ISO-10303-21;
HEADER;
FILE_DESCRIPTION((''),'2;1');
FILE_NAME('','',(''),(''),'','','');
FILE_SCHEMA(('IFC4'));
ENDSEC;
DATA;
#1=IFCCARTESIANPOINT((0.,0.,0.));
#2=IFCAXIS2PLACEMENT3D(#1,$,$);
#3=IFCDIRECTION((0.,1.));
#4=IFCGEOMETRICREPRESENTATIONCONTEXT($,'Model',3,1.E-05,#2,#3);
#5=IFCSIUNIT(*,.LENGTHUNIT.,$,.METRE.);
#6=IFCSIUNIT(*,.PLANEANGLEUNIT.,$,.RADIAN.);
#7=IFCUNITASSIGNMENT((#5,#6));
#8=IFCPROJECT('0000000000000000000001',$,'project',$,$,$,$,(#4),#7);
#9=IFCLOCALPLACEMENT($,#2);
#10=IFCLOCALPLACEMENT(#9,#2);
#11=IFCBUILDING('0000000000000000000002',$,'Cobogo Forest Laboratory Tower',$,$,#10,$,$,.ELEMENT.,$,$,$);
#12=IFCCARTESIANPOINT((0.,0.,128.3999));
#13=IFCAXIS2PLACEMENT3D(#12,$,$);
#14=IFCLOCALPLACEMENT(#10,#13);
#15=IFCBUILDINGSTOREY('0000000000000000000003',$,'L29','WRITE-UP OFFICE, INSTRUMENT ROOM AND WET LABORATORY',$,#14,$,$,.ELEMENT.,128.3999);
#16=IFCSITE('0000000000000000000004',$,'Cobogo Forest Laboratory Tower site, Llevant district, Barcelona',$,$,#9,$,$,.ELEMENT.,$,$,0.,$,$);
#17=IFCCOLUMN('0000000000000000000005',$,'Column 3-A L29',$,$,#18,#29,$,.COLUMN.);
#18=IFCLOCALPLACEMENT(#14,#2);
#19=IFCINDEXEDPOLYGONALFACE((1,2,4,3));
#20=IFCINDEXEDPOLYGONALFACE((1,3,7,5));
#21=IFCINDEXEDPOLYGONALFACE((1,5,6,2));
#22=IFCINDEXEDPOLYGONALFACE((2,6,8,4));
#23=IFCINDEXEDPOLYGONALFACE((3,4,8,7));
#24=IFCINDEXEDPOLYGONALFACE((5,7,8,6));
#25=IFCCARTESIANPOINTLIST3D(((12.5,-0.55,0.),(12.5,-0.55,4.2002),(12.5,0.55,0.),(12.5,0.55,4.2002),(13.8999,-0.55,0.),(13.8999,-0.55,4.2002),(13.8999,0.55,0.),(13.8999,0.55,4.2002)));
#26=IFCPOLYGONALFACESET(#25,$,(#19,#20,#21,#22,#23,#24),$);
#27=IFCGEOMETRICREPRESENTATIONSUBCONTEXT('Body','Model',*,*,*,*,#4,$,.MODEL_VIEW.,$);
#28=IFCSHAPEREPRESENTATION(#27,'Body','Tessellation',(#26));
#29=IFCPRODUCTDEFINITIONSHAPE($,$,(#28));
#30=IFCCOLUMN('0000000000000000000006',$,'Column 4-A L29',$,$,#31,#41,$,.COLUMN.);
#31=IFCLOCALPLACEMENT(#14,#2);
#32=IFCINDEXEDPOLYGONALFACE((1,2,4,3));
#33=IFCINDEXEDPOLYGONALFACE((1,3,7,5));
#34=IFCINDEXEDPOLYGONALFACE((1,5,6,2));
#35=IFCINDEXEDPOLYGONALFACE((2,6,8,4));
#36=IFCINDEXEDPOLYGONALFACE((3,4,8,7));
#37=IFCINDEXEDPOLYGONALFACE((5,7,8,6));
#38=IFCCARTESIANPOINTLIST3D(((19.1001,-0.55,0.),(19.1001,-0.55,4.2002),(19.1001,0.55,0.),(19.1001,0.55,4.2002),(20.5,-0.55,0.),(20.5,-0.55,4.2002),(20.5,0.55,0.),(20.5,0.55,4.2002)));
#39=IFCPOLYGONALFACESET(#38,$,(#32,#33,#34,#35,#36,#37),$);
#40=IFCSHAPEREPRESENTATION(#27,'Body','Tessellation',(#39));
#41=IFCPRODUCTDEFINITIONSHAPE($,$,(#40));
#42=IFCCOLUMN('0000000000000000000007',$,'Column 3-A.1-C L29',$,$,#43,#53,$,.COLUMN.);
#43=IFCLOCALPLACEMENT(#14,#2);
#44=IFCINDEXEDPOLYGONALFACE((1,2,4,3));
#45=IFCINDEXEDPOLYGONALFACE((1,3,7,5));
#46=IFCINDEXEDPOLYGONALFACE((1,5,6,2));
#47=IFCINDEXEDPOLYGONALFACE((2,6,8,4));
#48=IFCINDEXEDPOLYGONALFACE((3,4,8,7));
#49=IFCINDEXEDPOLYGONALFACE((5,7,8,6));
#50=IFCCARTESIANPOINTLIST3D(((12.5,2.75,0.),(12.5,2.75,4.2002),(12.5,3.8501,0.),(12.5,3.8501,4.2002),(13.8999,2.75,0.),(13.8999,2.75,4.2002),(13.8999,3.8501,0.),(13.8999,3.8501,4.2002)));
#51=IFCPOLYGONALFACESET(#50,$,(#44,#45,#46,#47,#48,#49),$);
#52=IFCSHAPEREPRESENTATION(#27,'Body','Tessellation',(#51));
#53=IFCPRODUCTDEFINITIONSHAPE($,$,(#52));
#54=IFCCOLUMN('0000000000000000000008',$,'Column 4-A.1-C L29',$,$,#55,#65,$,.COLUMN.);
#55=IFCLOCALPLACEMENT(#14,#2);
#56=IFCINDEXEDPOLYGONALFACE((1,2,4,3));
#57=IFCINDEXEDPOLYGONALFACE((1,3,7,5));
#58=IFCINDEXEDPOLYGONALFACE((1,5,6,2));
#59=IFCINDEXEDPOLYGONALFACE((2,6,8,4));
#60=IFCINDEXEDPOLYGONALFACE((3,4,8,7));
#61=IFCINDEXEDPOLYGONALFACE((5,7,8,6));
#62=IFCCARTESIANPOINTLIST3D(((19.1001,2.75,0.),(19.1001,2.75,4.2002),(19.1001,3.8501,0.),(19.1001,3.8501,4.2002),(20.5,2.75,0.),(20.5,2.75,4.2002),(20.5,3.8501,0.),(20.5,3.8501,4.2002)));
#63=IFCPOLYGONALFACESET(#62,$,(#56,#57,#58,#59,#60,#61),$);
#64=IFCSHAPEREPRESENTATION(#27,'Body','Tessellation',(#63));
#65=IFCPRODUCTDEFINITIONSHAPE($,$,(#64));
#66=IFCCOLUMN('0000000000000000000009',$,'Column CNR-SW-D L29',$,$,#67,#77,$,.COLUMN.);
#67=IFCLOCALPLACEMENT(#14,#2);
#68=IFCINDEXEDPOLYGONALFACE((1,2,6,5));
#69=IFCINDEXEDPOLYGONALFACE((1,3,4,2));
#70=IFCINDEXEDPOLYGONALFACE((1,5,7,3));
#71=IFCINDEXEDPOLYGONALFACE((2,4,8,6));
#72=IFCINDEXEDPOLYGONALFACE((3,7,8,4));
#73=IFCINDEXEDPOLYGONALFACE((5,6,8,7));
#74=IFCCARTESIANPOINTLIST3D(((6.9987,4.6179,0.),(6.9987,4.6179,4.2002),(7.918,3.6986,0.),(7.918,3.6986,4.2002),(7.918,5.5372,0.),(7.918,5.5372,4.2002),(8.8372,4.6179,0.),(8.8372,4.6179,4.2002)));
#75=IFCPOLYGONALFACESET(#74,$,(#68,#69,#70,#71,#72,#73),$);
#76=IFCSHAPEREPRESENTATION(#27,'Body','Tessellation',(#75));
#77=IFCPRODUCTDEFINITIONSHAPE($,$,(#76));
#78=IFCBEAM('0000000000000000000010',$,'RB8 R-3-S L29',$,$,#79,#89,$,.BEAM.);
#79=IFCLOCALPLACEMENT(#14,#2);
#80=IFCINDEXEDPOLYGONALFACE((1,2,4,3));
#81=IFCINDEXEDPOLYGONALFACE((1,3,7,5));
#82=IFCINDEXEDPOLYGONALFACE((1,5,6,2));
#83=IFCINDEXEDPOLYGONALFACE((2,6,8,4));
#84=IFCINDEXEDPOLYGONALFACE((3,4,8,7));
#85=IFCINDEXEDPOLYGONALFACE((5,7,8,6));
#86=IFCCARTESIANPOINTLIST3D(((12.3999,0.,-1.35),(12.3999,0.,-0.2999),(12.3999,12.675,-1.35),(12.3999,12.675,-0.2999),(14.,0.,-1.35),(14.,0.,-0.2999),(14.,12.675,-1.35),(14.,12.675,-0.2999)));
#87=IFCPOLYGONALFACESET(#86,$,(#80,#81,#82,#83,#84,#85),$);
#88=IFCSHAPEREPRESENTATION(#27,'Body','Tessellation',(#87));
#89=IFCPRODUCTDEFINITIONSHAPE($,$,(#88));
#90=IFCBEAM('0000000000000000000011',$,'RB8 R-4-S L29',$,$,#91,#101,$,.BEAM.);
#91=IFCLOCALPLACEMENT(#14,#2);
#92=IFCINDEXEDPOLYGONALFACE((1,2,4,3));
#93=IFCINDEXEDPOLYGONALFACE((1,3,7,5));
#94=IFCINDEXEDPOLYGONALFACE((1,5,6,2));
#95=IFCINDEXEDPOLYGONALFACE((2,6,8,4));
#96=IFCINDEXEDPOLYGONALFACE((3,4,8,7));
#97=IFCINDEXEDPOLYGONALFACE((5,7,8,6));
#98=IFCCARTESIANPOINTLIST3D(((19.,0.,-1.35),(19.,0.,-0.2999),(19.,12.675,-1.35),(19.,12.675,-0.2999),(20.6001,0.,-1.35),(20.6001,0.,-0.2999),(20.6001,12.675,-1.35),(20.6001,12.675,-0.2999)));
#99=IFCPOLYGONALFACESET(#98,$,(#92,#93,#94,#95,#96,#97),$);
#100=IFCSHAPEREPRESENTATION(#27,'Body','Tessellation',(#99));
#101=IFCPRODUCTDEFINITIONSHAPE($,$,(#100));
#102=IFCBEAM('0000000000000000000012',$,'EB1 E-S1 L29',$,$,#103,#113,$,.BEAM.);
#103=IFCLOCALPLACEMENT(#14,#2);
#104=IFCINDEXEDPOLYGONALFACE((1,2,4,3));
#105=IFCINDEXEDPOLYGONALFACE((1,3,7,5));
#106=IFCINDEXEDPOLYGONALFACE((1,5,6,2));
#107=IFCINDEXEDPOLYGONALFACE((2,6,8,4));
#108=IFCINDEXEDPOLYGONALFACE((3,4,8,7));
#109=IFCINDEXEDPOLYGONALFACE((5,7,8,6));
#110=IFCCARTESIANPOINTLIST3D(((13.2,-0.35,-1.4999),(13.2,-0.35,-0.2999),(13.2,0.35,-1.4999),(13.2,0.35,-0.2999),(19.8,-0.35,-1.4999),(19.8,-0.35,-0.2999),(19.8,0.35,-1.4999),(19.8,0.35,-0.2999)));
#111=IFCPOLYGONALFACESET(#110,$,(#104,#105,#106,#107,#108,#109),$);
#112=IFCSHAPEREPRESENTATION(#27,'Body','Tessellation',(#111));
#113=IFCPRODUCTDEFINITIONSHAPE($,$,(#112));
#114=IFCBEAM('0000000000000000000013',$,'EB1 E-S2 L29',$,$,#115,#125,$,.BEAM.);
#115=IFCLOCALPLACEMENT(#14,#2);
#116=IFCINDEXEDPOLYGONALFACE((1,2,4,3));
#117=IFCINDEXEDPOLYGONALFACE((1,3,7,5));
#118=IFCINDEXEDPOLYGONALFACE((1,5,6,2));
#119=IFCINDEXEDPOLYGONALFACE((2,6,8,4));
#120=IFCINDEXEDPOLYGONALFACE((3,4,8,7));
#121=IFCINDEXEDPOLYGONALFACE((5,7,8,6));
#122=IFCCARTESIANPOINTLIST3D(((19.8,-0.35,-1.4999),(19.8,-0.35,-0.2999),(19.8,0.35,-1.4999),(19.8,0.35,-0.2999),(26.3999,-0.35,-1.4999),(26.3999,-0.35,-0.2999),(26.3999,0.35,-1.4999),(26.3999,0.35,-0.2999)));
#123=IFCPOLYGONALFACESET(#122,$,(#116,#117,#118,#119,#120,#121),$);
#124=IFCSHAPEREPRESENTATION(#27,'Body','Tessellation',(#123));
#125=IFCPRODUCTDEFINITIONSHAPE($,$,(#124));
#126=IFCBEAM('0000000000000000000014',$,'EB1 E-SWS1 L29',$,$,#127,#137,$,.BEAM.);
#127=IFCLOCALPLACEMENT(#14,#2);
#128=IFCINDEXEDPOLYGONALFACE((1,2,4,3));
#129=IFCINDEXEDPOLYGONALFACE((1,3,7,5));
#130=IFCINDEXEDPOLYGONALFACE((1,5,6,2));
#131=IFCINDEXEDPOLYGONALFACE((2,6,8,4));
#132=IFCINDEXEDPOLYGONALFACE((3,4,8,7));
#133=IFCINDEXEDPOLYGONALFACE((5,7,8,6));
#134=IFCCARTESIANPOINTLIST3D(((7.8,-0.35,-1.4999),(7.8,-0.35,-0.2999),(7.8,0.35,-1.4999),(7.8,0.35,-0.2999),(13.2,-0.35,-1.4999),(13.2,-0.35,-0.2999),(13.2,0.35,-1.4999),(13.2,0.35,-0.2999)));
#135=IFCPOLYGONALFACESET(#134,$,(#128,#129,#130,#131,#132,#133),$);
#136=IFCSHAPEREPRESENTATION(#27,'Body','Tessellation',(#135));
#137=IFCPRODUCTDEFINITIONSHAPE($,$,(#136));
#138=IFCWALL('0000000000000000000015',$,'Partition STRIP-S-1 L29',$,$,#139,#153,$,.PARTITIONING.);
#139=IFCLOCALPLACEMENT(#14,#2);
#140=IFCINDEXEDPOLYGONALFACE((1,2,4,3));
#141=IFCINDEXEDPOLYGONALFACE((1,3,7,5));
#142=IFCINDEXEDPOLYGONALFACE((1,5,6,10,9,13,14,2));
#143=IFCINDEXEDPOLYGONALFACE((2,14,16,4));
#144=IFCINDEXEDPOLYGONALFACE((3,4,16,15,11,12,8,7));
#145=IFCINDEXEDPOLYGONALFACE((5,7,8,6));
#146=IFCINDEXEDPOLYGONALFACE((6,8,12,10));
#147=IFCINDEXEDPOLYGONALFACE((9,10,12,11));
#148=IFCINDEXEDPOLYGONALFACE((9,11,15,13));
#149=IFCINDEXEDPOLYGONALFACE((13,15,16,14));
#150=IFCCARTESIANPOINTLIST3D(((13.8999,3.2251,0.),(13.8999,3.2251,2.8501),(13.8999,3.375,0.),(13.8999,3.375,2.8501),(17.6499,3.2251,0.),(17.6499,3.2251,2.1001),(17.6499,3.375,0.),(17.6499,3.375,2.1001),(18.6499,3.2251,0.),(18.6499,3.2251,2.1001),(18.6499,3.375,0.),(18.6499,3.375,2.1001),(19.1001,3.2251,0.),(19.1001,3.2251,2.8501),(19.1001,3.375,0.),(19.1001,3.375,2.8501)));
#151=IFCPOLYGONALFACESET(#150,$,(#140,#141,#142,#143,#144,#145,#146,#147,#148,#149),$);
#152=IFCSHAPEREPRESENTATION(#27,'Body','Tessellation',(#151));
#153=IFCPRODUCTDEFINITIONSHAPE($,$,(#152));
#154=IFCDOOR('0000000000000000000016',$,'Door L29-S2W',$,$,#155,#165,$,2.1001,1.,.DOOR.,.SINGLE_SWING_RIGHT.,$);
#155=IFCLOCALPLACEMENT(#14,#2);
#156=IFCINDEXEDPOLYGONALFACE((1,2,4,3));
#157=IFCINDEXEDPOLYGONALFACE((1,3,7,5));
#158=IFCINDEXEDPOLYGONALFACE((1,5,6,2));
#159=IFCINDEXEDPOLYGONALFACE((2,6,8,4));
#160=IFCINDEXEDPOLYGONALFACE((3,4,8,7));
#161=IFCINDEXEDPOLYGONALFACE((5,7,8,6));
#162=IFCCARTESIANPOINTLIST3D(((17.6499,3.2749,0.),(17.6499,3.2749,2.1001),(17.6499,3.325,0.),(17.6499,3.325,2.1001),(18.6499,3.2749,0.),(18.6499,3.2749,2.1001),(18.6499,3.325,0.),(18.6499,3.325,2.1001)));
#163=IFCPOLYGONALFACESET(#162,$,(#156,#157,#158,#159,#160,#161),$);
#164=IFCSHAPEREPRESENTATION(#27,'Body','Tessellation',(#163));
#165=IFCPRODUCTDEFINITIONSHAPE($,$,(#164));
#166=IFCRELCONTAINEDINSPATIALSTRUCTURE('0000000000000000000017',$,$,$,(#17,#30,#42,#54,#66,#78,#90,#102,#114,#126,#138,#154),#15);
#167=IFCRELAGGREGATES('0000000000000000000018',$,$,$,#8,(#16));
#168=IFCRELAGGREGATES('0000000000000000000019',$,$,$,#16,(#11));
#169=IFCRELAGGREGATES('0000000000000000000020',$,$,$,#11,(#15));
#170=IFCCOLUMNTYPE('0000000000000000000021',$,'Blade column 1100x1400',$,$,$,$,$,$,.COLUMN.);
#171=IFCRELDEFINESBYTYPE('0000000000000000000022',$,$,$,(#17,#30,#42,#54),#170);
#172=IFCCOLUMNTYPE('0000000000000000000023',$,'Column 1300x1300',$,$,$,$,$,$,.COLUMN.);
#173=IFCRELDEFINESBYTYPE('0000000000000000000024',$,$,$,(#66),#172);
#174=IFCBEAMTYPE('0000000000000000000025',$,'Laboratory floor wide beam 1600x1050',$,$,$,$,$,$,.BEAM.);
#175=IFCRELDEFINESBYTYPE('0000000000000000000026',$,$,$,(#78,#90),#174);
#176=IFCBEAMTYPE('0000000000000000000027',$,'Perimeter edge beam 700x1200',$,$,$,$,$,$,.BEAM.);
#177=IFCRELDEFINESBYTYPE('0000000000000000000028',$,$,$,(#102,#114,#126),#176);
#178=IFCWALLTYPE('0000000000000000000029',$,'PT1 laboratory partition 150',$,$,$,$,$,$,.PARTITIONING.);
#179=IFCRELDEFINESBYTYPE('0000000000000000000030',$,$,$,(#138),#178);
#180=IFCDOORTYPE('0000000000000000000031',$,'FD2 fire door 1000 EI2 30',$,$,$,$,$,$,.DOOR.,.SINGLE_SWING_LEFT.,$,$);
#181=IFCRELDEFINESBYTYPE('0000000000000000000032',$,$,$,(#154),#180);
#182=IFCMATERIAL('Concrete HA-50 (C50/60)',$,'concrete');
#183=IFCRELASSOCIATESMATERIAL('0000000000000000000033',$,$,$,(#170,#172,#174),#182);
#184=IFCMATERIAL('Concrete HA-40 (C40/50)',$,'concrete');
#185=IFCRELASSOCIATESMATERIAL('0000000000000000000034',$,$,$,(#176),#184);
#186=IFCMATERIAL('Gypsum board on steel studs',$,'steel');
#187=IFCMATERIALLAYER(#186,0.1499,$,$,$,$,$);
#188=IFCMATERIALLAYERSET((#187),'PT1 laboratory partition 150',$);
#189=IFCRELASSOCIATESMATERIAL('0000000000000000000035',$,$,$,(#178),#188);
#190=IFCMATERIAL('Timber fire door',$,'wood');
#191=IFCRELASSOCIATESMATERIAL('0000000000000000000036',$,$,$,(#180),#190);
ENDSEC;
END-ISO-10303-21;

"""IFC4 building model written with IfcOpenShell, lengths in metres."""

from ifc_helpers import new_model, si_unit, direction, frame, frame_2d, origin, origin_2d, place, context, subcontext, project, spatial, rectangle, extrude, material, layer, layer_set, material_profile, profile_set, type_object, element, fill, save


model = new_model("IFC4")

# Units and contexts
model_context = context("Model", 3, precision=1e-05, world=origin(), true_north=direction((0.0, 1.0)))
body_context = subcontext(model_context, "Body", "Model", "MODEL_VIEW")
ifc_project = project(units=[si_unit("LENGTHUNIT", "METRE"), si_unit("PLANEANGLEUNIT", "RADIAN")], contexts=[model_context])

# Site, building, storey
site_placement = place(None, origin())
site = spatial("IfcSite", under=ifc_project, at=site_placement, Name="Cobogo Forest Laboratory Tower site, Llevant district, Barcelona", CompositionType="ELEMENT", RefElevation=0.0)
building_placement = place(site_placement, origin())
building = spatial("IfcBuilding", under=site, at=building_placement, Name="Cobogo Forest Laboratory Tower", CompositionType="ELEMENT")
storey_placement = place(building_placement, frame((0.0, 0.0, 128.3999)))
storey = spatial("IfcBuildingStorey", under=building, at=storey_placement, Name="L29", Description="WRITE-UP OFFICE, INSTRUMENT ROOM AND WET LABORATORY", CompositionType="ELEMENT", Elevation=128.3999)

# Columns
ifc_material_1 = material(Name="Concrete HA-50 (C50/60)", Category="concrete")
ifc_material_profile_1 = material_profile(ifc_material_1, rectangle(XDim=1.3999, YDim=1.1001, at=origin_2d()), Name="RC 1100x1400")
ifc_profile_set_1 = profile_set([ifc_material_profile_1], Name="Concrete HA-50 (C50/60)")
column_type_1 = type_object("IfcColumnType", Name="Blade column 1100x1400", PredefinedType="COLUMN", material=ifc_profile_set_1)
for number, where, z_axis, x_axis, name in (
    (1, (13.2, 0.0, 0.0), (0.0, 0.0, 1.0), (1.0, 0.0, 0.0), "Column 3-A L29"),
    (2, (19.8, 0.0, 0.0), (0.0, 0.0, 1.0), (1.0, 0.0, 0.0), "Column 4-A L29"),
    (3, (13.2, 3.3, 0.0), (0.0, 0.0, 1.0), (1.0, 0.0, 0.0), "Column 3-A.1-C L29"),
    (4, (19.8, 3.3, 0.0), (0.0, 0.0, 1.0), (1.0, 0.0, 0.0), "Column 4-A.1-C L29"),
):
    element("IfcColumn", number, at=place(storey_placement, frame(where, z_axis=z_axis, x_axis=x_axis)), inside=storey, type_object=column_type_1, Name=name, PredefinedType="COLUMN", context=body_context, shape_type="SweptSolid", body=[
        extrude(rectangle(XDim=1.3999, YDim=1.1001, at=origin_2d()), origin(), (0.0, 0.0, 1.0), 4.2002),
    ])
ifc_material_profile_2 = material_profile(ifc_material_1, rectangle(XDim=1.3, YDim=1.3, at=origin_2d()), Name="RC 1300x1300")
ifc_profile_set_2 = profile_set([ifc_material_profile_2], Name="Concrete HA-50 (C50/60)")
column_type_2 = type_object("IfcColumnType", Name="Column 1300x1300", PredefinedType="COLUMN", material=ifc_profile_set_2)
column_placement = place(storey_placement, frame((7.918, 4.6179, 0.0), z_axis=(0.0, 0.0, 1.0), x_axis=(0.707107, 0.707107, 0.0)))
element("IfcColumn", 5, at=column_placement, inside=storey, type_object=column_type_2, Name="Column CNR-SW-D L29", PredefinedType="COLUMN", context=body_context, shape_type="SweptSolid", body=[
    extrude(rectangle(XDim=1.3, YDim=1.3, at=origin_2d()), origin(), (0.0, 0.0, 1.0), 4.2002),
])

# Beams
ifc_material_profile_3 = material_profile(ifc_material_1, rectangle(XDim=1.6001, YDim=1.05, at=origin_2d()), Name="RC 1600x1050")
ifc_profile_set_3 = profile_set([ifc_material_profile_3], Name="Concrete HA-50 (C50/60)")
beam_type_1 = type_object("IfcBeamType", Name="Laboratory floor wide beam 1600x1050", PredefinedType="BEAM", material=ifc_profile_set_3)
for number, where, z_axis, x_axis, name in (
    (6, (13.2, 12.675, -0.825), (0.0, -1.0, 0.0), (1.0, 0.0, 0.0), "RB8 R-3-S L29"),
    (7, (19.8, 12.675, -0.825), (0.0, -1.0, 0.0), (1.0, 0.0, 0.0), "RB8 R-4-S L29"),
):
    element("IfcBeam", number, at=place(storey_placement, frame(where, z_axis=z_axis, x_axis=x_axis)), inside=storey, type_object=beam_type_1, Name=name, PredefinedType="BEAM", context=body_context, shape_type="SweptSolid", body=[
        extrude(rectangle(XDim=1.6001, YDim=1.05, at=origin_2d()), origin(), (0.0, 0.0, 1.0), 12.675),
    ])
ifc_material_2 = material(Name="Concrete HA-40 (C40/50)", Category="concrete")
ifc_material_profile_4 = material_profile(ifc_material_2, rectangle(XDim=0.7, YDim=1.2, at=origin_2d()), Name="RC 700x1200")
ifc_profile_set_4 = profile_set([ifc_material_profile_4], Name="Concrete HA-40 (C40/50)")
beam_type_2 = type_object("IfcBeamType", Name="Perimeter edge beam 700x1200", PredefinedType="BEAM", material=ifc_profile_set_4)
beam_1_placement = place(storey_placement, frame((13.2, 0.0, -0.8999), z_axis=(1.0, 0.0, 0.0), x_axis=(0.0, 1.0, 0.0)))
element("IfcBeam", 8, at=beam_1_placement, inside=storey, type_object=beam_type_2, Name="EB1 E-S1 L29", PredefinedType="BEAM", context=body_context, shape_type="SweptSolid", body=[
    extrude(rectangle(XDim=0.7, YDim=1.2, at=origin_2d()), origin(), (0.0, 0.0, 1.0), 6.6001),
])
beam_2_placement = place(storey_placement, frame((19.8, 0.0, -0.8999), z_axis=(1.0, 0.0, 0.0), x_axis=(0.0, 1.0, 0.0)))
element("IfcBeam", 9, at=beam_2_placement, inside=storey, type_object=beam_type_2, Name="EB1 E-S2 L29", PredefinedType="BEAM", context=body_context, shape_type="SweptSolid", body=[
    extrude(rectangle(XDim=0.7, YDim=1.2, at=origin_2d()), origin(), (0.0, 0.0, 1.0), 6.5999),
])
beam_3_placement = place(storey_placement, frame((13.2, 0.0, -0.8999), z_axis=(-1.0, 0.0, 0.0), x_axis=(0.0, -1.0, 0.0)))
element("IfcBeam", 10, at=beam_3_placement, inside=storey, type_object=beam_type_2, Name="EB1 E-SWS1 L29", PredefinedType="BEAM", context=body_context, shape_type="SweptSolid", body=[
    extrude(rectangle(XDim=0.7, YDim=1.2, at=origin_2d()), origin(), (0.0, 0.0, 1.0), 5.3999),
])

# Wall, opening, door
ifc_material_3 = material(Name="Gypsum board on steel studs", Category="steel")
ifc_layer_1 = layer(ifc_material_3, 0.1499)
ifc_layer_set_1 = layer_set([ifc_layer_1], Name="PT1 laboratory partition 150")
wall_type_1 = type_object("IfcWallType", Name="PT1 laboratory partition 150", PredefinedType="PARTITIONING", material=ifc_layer_set_1)
wall_1_placement = place(storey_placement, frame((13.8999, 3.3, 0.0), z_axis=(0.0, 0.0, 1.0), x_axis=(1.0, 0.0, 0.0)))
wall_1 = element("IfcWall", 11, at=wall_1_placement, inside=storey, type_object=wall_type_1, Name="Partition STRIP-S-1 L29", PredefinedType="PARTITIONING", context=body_context, shape_type="SweptSolid", body=[
    extrude(rectangle(XDim=5.2002, YDim=0.1499, at=frame_2d((2.6001, 0.0))), origin(), (0.0, 0.0, 1.0), 2.8501),
])
opening_1_placement = place(wall_1_placement, frame((3.75, 0.0, 0.0)))
opening_1 = element("IfcOpeningElement", 12, at=opening_1_placement, cuts=wall_1, PredefinedType="OPENING", context=body_context, shape_type="SweptSolid", body=[
    extrude(rectangle(XDim=1.0, YDim=2.1001, at=frame_2d((0.5, 1.05))), frame((0.0, 0.085, 0.0), z_axis=(0.0, -1.0, 0.0), x_axis=(1.0, 0.0, 0.0)), (0.0, 0.0, 1.0), 0.1699),
])
ifc_material_4 = material(Name="Timber fire door", Category="wood")
door_type_1 = type_object("IfcDoorType", Name="FD2 fire door 1000 EI2 30", OperationType="SINGLE_SWING_LEFT", PredefinedType="DOOR", material=ifc_material_4)
door_1_placement = place(opening_1_placement, origin())
door_1 = element("IfcDoor", 13, at=door_1_placement, inside=storey, type_object=door_type_1, Name="Door L29-S2W", OperationType="SINGLE_SWING_RIGHT", OverallHeight=2.1001, OverallWidth=1.0, PredefinedType="DOOR", context=body_context, shape_type="SweptSolid", body=[
    extrude(rectangle(XDim=1.0, YDim=2.1001, at=frame_2d((0.5, 1.05))), frame((0.0, 0.0249, 0.0), z_axis=(0.0, -1.0, 0.0), x_axis=(1.0, 0.0, 0.0)), (0.0, 0.0, 1.0), 0.05),
])
fill(opening_1, door_1)

save(model, "model.ifc")
